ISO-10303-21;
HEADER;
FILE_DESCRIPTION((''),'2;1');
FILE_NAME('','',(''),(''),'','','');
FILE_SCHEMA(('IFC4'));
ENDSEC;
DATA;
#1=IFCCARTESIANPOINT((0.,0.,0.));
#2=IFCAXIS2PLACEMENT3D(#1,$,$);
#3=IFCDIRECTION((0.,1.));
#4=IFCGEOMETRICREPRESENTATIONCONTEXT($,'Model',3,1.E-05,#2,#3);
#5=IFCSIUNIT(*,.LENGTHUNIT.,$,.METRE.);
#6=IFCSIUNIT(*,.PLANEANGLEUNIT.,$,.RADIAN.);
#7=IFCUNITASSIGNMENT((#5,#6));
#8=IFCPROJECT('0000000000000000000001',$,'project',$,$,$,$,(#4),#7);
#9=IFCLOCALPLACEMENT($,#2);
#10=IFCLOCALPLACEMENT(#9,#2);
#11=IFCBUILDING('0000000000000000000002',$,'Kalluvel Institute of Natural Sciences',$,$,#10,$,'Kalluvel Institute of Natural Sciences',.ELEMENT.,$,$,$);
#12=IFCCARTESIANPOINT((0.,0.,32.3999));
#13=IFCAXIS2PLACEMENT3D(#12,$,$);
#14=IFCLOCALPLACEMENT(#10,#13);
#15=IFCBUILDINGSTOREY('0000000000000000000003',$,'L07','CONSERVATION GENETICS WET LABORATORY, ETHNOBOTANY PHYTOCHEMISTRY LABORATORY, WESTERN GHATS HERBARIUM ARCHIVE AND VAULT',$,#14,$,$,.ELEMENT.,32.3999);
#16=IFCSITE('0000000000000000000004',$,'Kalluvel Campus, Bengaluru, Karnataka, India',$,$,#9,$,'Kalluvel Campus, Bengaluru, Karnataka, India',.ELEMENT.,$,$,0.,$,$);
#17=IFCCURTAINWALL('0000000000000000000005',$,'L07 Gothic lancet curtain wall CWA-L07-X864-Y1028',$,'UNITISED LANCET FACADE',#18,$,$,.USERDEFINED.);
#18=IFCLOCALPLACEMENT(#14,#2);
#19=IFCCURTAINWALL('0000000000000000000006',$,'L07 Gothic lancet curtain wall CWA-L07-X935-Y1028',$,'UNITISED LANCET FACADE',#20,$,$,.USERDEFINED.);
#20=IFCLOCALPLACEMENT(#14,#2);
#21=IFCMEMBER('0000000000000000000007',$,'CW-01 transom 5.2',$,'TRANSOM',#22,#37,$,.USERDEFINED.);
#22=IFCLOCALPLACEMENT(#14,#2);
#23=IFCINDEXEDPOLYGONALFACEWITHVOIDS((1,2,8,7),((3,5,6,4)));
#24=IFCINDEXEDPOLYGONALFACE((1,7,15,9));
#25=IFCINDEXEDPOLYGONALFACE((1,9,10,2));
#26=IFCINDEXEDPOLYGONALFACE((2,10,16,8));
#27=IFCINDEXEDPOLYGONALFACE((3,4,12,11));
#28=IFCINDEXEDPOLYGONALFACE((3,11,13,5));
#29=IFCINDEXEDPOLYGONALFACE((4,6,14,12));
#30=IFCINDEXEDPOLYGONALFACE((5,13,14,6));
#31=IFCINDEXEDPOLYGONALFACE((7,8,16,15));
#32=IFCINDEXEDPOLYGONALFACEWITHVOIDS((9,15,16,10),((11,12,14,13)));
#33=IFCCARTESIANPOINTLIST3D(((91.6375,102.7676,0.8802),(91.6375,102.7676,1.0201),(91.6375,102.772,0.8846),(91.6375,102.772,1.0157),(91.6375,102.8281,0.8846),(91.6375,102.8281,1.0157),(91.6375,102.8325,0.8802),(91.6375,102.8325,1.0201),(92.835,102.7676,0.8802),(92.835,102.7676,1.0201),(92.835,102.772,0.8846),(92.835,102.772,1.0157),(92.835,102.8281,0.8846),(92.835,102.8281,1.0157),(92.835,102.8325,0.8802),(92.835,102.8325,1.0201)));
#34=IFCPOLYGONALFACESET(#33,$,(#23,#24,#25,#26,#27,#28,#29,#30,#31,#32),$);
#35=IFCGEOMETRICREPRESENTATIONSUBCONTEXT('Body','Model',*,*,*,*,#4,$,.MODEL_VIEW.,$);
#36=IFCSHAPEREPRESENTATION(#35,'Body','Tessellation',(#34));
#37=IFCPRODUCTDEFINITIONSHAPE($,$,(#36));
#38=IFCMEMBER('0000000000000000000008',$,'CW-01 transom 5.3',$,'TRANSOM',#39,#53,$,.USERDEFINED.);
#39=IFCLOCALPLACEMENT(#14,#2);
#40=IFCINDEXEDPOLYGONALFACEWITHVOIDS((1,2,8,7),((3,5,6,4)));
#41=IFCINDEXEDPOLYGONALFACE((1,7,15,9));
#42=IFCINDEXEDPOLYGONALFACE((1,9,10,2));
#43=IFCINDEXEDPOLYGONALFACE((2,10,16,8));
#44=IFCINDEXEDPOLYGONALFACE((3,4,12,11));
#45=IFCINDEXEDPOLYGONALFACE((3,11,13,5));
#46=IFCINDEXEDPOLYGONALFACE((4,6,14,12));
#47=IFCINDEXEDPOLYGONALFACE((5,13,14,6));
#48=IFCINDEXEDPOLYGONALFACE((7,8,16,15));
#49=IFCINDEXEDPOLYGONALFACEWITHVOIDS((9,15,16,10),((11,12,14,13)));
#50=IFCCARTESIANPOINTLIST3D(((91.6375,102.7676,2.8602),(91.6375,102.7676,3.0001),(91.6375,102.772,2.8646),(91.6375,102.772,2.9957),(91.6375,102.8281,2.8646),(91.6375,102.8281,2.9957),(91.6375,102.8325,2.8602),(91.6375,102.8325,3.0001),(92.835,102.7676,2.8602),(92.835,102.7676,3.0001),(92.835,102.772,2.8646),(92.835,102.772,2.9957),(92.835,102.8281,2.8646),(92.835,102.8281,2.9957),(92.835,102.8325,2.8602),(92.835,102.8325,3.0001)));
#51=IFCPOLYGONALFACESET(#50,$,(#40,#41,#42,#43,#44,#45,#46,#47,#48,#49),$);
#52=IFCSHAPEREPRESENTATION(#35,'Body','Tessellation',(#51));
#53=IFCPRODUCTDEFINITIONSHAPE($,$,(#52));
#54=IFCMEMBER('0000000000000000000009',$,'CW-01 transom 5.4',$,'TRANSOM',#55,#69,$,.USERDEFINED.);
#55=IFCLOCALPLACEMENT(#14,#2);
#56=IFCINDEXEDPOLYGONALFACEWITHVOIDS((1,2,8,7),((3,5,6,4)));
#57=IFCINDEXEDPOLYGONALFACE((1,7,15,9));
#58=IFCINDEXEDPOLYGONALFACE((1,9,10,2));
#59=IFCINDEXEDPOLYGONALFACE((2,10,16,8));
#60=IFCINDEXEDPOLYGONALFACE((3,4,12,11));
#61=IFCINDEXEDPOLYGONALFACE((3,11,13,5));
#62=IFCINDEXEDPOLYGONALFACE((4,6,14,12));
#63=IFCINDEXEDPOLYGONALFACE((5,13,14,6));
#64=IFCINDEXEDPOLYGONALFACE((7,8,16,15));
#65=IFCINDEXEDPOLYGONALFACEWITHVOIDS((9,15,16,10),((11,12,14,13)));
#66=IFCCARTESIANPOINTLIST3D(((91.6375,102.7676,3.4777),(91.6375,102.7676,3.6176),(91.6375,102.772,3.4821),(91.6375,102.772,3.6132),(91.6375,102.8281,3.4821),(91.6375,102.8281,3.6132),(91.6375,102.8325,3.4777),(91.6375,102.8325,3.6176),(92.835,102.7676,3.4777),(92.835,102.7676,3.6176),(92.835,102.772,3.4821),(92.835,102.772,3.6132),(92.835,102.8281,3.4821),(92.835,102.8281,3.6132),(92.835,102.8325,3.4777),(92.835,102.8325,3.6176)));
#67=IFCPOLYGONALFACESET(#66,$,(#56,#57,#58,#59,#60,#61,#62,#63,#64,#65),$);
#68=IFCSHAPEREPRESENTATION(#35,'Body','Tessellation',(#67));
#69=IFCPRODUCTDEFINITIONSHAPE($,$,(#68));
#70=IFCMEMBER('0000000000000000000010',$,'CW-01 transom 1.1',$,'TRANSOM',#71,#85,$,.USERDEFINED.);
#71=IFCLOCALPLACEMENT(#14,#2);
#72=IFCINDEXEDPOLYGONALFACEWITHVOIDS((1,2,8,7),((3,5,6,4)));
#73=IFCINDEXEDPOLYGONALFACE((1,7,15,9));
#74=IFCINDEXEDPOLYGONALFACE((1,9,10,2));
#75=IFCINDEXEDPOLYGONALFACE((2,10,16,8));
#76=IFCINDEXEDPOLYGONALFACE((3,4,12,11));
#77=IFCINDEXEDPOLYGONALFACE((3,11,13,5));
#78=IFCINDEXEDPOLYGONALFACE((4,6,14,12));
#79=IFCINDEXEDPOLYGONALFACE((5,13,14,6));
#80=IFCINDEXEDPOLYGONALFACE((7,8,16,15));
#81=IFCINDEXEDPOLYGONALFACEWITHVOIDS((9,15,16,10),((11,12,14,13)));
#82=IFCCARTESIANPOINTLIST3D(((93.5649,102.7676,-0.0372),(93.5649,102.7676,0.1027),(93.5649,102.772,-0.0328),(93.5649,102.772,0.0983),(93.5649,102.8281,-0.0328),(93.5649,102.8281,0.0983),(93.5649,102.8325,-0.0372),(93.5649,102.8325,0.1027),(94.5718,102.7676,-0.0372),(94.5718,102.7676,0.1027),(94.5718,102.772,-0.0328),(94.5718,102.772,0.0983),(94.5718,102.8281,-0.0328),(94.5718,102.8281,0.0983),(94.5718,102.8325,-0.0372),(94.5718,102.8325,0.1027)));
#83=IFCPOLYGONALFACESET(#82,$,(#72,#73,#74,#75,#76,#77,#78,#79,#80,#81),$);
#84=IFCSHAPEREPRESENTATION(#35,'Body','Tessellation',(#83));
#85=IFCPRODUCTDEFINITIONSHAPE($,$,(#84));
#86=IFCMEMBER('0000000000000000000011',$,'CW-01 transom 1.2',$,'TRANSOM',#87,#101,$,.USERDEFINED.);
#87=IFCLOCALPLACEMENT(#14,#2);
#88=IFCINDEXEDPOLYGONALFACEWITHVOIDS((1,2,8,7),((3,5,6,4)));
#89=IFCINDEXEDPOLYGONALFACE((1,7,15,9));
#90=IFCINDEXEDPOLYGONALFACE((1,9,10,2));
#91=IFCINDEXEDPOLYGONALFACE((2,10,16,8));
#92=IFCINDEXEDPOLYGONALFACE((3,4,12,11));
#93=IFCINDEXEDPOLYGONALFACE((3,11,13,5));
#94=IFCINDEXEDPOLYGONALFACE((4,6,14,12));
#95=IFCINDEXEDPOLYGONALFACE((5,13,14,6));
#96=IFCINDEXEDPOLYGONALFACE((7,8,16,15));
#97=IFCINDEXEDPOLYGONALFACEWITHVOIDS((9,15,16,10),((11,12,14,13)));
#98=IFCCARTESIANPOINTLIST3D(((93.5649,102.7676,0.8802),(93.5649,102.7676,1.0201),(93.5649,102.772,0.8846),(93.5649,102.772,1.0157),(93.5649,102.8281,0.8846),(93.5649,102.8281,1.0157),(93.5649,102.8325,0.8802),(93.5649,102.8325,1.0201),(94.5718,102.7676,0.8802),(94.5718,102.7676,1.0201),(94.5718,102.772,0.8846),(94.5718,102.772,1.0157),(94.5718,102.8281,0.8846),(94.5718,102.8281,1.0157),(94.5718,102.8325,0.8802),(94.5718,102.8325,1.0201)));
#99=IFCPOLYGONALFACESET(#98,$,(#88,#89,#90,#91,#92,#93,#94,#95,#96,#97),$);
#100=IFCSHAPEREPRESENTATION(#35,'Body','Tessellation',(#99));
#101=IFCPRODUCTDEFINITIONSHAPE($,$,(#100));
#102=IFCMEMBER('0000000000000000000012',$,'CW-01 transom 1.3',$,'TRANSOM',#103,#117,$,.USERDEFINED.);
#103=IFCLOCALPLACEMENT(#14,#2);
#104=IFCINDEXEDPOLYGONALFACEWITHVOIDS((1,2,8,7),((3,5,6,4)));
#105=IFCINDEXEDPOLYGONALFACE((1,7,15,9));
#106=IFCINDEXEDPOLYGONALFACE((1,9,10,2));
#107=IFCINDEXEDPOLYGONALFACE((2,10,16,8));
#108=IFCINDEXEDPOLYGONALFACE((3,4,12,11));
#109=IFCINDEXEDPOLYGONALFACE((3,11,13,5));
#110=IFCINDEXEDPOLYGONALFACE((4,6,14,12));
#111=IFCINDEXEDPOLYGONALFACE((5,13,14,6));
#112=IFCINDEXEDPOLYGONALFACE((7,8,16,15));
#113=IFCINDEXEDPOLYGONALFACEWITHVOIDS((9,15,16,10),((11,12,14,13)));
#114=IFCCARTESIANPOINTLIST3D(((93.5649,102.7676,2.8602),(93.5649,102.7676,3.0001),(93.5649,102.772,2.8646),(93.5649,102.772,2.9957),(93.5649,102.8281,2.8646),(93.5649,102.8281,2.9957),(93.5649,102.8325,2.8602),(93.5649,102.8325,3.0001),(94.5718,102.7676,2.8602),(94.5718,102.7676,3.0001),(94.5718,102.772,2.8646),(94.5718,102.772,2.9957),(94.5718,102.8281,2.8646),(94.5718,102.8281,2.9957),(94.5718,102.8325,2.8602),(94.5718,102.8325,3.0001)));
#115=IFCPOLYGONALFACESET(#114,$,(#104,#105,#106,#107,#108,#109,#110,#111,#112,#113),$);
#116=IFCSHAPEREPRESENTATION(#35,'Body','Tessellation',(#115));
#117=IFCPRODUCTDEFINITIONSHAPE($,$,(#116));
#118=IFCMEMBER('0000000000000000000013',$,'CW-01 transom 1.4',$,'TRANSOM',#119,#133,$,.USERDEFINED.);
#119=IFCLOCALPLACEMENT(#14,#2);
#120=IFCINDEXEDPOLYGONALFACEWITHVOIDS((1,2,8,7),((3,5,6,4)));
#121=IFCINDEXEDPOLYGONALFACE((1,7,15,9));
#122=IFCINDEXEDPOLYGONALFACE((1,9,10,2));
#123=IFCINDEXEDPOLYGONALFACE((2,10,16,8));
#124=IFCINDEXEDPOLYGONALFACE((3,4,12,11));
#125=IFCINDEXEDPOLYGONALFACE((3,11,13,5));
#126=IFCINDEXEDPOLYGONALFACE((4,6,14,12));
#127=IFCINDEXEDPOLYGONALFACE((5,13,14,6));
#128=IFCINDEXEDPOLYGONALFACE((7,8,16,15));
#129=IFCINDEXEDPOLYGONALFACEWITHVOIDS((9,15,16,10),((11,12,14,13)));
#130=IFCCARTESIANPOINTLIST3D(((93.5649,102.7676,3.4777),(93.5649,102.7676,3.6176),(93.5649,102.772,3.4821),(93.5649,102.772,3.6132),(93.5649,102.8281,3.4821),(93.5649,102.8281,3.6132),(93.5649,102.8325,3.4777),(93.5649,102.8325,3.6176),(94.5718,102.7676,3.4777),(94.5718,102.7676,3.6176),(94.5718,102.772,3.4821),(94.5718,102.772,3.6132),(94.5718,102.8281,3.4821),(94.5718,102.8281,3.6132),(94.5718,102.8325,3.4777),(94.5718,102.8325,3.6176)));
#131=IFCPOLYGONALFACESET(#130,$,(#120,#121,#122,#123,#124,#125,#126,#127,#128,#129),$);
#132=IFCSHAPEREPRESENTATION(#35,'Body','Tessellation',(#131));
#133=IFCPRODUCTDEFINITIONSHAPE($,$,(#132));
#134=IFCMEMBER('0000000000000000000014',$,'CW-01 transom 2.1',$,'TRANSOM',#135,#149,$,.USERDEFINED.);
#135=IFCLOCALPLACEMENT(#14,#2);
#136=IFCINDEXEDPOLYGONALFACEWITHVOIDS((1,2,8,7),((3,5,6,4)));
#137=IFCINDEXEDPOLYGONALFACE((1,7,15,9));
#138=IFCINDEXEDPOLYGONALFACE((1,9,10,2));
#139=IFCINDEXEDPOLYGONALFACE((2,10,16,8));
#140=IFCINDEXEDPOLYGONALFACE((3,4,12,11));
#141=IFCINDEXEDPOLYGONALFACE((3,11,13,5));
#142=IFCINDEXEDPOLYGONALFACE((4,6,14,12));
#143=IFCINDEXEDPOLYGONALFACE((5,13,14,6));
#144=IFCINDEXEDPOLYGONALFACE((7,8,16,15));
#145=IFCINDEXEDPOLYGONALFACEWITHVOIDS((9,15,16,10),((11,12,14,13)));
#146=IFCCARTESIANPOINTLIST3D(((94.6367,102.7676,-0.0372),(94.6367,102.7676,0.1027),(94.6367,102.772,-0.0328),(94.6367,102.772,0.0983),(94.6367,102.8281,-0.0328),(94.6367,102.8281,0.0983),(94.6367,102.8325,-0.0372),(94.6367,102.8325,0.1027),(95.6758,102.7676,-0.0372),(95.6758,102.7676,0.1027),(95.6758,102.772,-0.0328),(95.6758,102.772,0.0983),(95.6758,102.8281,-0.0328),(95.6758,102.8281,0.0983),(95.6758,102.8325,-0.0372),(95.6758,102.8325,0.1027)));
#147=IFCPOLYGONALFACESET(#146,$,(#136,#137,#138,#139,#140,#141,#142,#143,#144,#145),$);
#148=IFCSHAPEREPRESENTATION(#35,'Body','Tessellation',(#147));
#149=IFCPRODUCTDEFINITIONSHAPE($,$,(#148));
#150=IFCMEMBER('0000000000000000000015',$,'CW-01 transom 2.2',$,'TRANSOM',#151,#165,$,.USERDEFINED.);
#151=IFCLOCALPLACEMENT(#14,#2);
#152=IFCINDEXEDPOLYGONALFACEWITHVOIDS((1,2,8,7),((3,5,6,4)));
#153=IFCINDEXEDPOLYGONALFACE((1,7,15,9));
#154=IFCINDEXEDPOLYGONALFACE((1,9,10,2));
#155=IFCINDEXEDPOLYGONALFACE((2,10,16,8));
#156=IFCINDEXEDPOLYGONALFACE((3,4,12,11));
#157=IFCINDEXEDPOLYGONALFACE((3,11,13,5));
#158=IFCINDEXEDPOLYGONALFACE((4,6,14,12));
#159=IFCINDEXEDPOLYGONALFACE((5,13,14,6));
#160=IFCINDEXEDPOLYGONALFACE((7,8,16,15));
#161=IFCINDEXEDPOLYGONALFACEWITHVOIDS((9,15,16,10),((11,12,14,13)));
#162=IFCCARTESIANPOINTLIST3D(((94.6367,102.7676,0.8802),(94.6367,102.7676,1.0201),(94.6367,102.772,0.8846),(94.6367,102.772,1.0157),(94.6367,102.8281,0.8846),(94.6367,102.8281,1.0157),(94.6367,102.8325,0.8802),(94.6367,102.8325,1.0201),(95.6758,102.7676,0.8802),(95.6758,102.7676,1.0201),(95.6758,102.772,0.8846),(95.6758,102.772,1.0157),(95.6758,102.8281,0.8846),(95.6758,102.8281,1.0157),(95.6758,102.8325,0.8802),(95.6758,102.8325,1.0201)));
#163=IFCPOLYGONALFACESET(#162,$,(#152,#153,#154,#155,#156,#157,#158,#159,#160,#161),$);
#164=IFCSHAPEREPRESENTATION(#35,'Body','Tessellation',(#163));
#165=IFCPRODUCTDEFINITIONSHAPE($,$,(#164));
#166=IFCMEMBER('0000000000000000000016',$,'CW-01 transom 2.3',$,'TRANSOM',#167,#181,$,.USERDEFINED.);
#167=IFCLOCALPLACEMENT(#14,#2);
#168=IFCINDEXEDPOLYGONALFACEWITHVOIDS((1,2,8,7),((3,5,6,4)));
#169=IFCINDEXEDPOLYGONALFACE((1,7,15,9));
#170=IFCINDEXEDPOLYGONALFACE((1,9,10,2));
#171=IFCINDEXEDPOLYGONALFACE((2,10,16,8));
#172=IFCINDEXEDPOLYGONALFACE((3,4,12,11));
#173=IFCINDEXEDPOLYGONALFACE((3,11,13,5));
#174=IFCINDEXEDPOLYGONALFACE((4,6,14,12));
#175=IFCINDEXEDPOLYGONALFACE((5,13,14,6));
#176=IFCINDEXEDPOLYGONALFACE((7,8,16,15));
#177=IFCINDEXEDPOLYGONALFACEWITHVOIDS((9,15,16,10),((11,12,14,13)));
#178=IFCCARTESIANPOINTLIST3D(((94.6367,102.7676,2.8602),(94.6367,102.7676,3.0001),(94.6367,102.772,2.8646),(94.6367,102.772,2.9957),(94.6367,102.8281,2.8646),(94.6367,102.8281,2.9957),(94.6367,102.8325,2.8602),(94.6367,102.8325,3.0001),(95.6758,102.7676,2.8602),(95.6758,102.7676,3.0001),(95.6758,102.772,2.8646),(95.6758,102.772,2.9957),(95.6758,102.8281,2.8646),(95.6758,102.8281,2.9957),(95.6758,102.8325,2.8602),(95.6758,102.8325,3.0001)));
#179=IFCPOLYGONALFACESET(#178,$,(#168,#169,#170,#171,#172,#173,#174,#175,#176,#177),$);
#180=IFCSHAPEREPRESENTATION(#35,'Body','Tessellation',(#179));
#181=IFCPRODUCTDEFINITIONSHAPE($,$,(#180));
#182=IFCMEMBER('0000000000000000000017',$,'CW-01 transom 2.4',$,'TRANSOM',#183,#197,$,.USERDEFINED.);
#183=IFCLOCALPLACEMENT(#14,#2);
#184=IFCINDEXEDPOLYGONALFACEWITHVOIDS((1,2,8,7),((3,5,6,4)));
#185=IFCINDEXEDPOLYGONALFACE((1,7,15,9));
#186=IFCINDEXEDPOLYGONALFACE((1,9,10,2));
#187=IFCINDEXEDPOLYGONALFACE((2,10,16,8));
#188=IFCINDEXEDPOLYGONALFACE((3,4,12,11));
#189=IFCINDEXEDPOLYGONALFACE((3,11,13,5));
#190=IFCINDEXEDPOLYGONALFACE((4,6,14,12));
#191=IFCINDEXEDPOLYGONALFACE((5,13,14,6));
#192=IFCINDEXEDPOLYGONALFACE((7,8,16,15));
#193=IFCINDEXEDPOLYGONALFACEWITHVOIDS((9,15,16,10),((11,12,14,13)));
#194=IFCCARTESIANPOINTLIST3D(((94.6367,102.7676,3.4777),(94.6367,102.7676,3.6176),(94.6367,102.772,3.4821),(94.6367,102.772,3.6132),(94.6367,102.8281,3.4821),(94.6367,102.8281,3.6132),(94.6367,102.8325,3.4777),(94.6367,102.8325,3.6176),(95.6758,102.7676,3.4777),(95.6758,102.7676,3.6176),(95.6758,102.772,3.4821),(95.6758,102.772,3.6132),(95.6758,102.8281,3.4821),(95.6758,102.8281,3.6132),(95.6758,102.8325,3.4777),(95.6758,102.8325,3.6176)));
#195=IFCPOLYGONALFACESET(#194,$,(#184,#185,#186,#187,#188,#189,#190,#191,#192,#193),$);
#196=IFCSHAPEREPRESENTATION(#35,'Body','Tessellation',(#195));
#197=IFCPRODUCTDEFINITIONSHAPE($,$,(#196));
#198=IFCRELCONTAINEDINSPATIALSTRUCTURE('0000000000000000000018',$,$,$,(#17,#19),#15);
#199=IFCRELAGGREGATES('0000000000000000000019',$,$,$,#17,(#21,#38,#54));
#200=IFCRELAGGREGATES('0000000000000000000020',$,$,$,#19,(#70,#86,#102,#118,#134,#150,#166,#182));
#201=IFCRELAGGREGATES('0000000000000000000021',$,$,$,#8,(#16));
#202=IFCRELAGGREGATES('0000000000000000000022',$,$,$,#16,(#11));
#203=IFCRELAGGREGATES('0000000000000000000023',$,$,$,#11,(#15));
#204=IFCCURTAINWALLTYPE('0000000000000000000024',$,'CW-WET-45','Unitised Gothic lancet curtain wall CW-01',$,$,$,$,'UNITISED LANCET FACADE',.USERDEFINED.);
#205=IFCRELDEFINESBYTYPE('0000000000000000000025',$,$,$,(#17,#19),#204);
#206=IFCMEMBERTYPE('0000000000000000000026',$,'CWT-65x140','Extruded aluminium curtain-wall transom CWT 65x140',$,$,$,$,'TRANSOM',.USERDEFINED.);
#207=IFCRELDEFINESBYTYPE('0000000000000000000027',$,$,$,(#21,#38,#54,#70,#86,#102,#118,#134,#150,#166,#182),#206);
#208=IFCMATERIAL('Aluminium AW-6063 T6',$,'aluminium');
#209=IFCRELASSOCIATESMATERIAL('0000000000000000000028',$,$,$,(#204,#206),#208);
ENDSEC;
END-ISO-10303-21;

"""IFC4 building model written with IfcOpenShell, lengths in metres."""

from ifc_helpers import new_model, si_unit, direction, frame, origin, origin_2d, place, context, subcontext, project, spatial, hollow_rectangle, extrude, material, material_profile, profile_set, type_object, element, aggregate, save


model = new_model("IFC4")

# Units and contexts
model_context = context("Model", 3, precision=1e-05, world=origin(), true_north=direction((0.0, 1.0)))
body_context = subcontext(model_context, "Body", "Model", "MODEL_VIEW")
ifc_project = project(units=[si_unit("LENGTHUNIT", "METRE"), si_unit("PLANEANGLEUNIT", "RADIAN")], contexts=[model_context])

# Site, building, storey
site_placement = place(None, origin())
site = spatial("IfcSite", under=ifc_project, at=site_placement, Name="Kalluvel Campus, Bengaluru, Karnataka, India", LongName="Kalluvel Campus, Bengaluru, Karnataka, India", CompositionType="ELEMENT", RefElevation=0.0)
building_placement = place(site_placement, origin())
building = spatial("IfcBuilding", under=site, at=building_placement, Name="Kalluvel Institute of Natural Sciences", LongName="Kalluvel Institute of Natural Sciences", CompositionType="ELEMENT")
storey_placement = place(building_placement, frame((0.0, 0.0, 32.3999)))
storey = spatial("IfcBuildingStorey", under=building, at=storey_placement, Name="L07", Description="CONSERVATION GENETICS WET LABORATORY, ETHNOBOTANY PHYTOCHEMISTRY LABORATORY, WESTERN GHATS HERBARIUM ARCHIVE AND VAULT", CompositionType="ELEMENT", Elevation=32.3999)

# Curtain walls
ifc_material_1 = material(Name="Aluminium AW-6063 T6", Category="aluminium")
curtain_wall_type = type_object("IfcCurtainWallType", Name="CW-WET-45", Description="Unitised Gothic lancet curtain wall CW-01", ElementType="UNITISED LANCET FACADE", PredefinedType="USERDEFINED", material=ifc_material_1)
curtain_wall_1_placement = place(storey_placement, origin())
curtain_wall_1 = element("IfcCurtainWall", 1, at=curtain_wall_1_placement, inside=storey, type_object=curtain_wall_type, Name="L07 Gothic lancet curtain wall CWA-L07-X864-Y1028", ObjectType="UNITISED LANCET FACADE", PredefinedType="USERDEFINED")
curtain_wall_2_placement = place(storey_placement, origin())
curtain_wall_2 = element("IfcCurtainWall", 2, at=curtain_wall_2_placement, inside=storey, type_object=curtain_wall_type, Name="L07 Gothic lancet curtain wall CWA-L07-X935-Y1028", ObjectType="UNITISED LANCET FACADE", PredefinedType="USERDEFINED")

# Members
ifc_material_profile_1 = material_profile(ifc_material_1, hollow_rectangle(XDim=0.0649, YDim=0.1399, WallThickness=0.0044, at=origin_2d()), Name="CWT 65x140")
ifc_profile_set_1 = profile_set([ifc_material_profile_1], Name="Aluminium AW-6063 T6")
member_type_1 = type_object("IfcMemberType", Name="CWT-65x140", Description="Extruded aluminium curtain-wall transom CWT 65x140", ElementType="TRANSOM", PredefinedType="USERDEFINED", material=ifc_profile_set_1)
member_1_placement = place(storey_placement, frame((91.6375, 102.8, 0.9502), z_axis=(1.0, 0.0, 0.0), x_axis=(0.0, 1.0, 0.0)))
member_1 = element("IfcMember", 3, at=member_1_placement, type_object=member_type_1, Name="CW-01 transom 5.2", ObjectType="TRANSOM", PredefinedType="USERDEFINED", context=body_context, shape_type="SweptSolid", body=[
    extrude(hollow_rectangle(XDim=0.0649, YDim=0.1399, WallThickness=0.0044, at=origin_2d()), origin(), (0.0, 0.0, 1.0), 1.1975),
])
member_2_placement = place(storey_placement, frame((91.6375, 102.8, 2.9302), z_axis=(1.0, 0.0, 0.0), x_axis=(0.0, 1.0, 0.0)))
member_2 = element("IfcMember", 4, at=member_2_placement, type_object=member_type_1, Name="CW-01 transom 5.3", ObjectType="TRANSOM", PredefinedType="USERDEFINED", context=body_context, shape_type="SweptSolid", body=[
    extrude(hollow_rectangle(XDim=0.0649, YDim=0.1399, WallThickness=0.0044, at=origin_2d()), origin(), (0.0, 0.0, 1.0), 1.1975),
])
member_3_placement = place(storey_placement, frame((91.6375, 102.8, 3.5476), z_axis=(1.0, 0.0, 0.0), x_axis=(0.0, 1.0, 0.0)))
member_3 = element("IfcMember", 5, at=member_3_placement, type_object=member_type_1, Name="CW-01 transom 5.4", ObjectType="TRANSOM", PredefinedType="USERDEFINED", context=body_context, shape_type="SweptSolid", body=[
    extrude(hollow_rectangle(XDim=0.0649, YDim=0.1399, WallThickness=0.0044, at=origin_2d()), origin(), (0.0, 0.0, 1.0), 1.1975),
])
member_4_placement = place(storey_placement, frame((93.5649, 102.8, 0.0327), z_axis=(1.0, 0.0, 0.0), x_axis=(0.0, 1.0, 0.0)))
member_4 = element("IfcMember", 6, at=member_4_placement, type_object=member_type_1, Name="CW-01 transom 1.1", ObjectType="TRANSOM", PredefinedType="USERDEFINED", context=body_context, shape_type="SweptSolid", body=[
    extrude(hollow_rectangle(XDim=0.0649, YDim=0.1399, WallThickness=0.0044, at=origin_2d()), origin(), (0.0, 0.0, 1.0), 1.0068),
])
member_5_placement = place(storey_placement, frame((93.5649, 102.8, 0.9502), z_axis=(1.0, 0.0, 0.0), x_axis=(0.0, 1.0, 0.0)))
member_5 = element("IfcMember", 7, at=member_5_placement, type_object=member_type_1, Name="CW-01 transom 1.2", ObjectType="TRANSOM", PredefinedType="USERDEFINED", context=body_context, shape_type="SweptSolid", body=[
    extrude(hollow_rectangle(XDim=0.0649, YDim=0.1399, WallThickness=0.0044, at=origin_2d()), origin(), (0.0, 0.0, 1.0), 1.0068),
])
member_6_placement = place(storey_placement, frame((93.5649, 102.8, 2.9302), z_axis=(1.0, 0.0, 0.0), x_axis=(0.0, 1.0, 0.0)))
member_6 = element("IfcMember", 8, at=member_6_placement, type_object=member_type_1, Name="CW-01 transom 1.3", ObjectType="TRANSOM", PredefinedType="USERDEFINED", context=body_context, shape_type="SweptSolid", body=[
    extrude(hollow_rectangle(XDim=0.0649, YDim=0.1399, WallThickness=0.0044, at=origin_2d()), origin(), (0.0, 0.0, 1.0), 1.0068),
])
member_7_placement = place(storey_placement, frame((93.5649, 102.8, 3.5476), z_axis=(1.0, 0.0, 0.0), x_axis=(0.0, 1.0, 0.0)))
member_7 = element("IfcMember", 9, at=member_7_placement, type_object=member_type_1, Name="CW-01 transom 1.4", ObjectType="TRANSOM", PredefinedType="USERDEFINED", context=body_context, shape_type="SweptSolid", body=[
    extrude(hollow_rectangle(XDim=0.0649, YDim=0.1399, WallThickness=0.0044, at=origin_2d()), origin(), (0.0, 0.0, 1.0), 1.0068),
])
member_8_placement = place(storey_placement, frame((94.6367, 102.8, 0.0327), z_axis=(1.0, 0.0, 0.0), x_axis=(0.0, 1.0, 0.0)))
member_8 = element("IfcMember", 10, at=member_8_placement, type_object=member_type_1, Name="CW-01 transom 2.1", ObjectType="TRANSOM", PredefinedType="USERDEFINED", context=body_context, shape_type="SweptSolid", body=[
    extrude(hollow_rectangle(XDim=0.0649, YDim=0.1399, WallThickness=0.0044, at=origin_2d()), origin(), (0.0, 0.0, 1.0), 1.0391),
])
member_9_placement = place(storey_placement, frame((94.6367, 102.8, 0.9502), z_axis=(1.0, 0.0, 0.0), x_axis=(0.0, 1.0, 0.0)))
member_9 = element("IfcMember", 11, at=member_9_placement, type_object=member_type_1, Name="CW-01 transom 2.2", ObjectType="TRANSOM", PredefinedType="USERDEFINED", context=body_context, shape_type="SweptSolid", body=[
    extrude(hollow_rectangle(XDim=0.0649, YDim=0.1399, WallThickness=0.0044, at=origin_2d()), origin(), (0.0, 0.0, 1.0), 1.0391),
])
member_10_placement = place(storey_placement, frame((94.6367, 102.8, 2.9302), z_axis=(1.0, 0.0, 0.0), x_axis=(0.0, 1.0, 0.0)))
member_10 = element("IfcMember", 12, at=member_10_placement, type_object=member_type_1, Name="CW-01 transom 2.3", ObjectType="TRANSOM", PredefinedType="USERDEFINED", context=body_context, shape_type="SweptSolid", body=[
    extrude(hollow_rectangle(XDim=0.0649, YDim=0.1399, WallThickness=0.0044, at=origin_2d()), origin(), (0.0, 0.0, 1.0), 1.0391),
])
member_11_placement = place(storey_placement, frame((94.6367, 102.8, 3.5476), z_axis=(1.0, 0.0, 0.0), x_axis=(0.0, 1.0, 0.0)))
member_11 = element("IfcMember", 13, at=member_11_placement, type_object=member_type_1, Name="CW-01 transom 2.4", ObjectType="TRANSOM", PredefinedType="USERDEFINED", context=body_context, shape_type="SweptSolid", body=[
    extrude(hollow_rectangle(XDim=0.0649, YDim=0.1399, WallThickness=0.0044, at=origin_2d()), origin(), (0.0, 0.0, 1.0), 1.0391),
])

aggregate(curtain_wall_1, [member_1, member_2, member_3])
aggregate(curtain_wall_2, [member_4, member_5, member_6, member_7, member_8, member_9, member_10, member_11])

save(model, "model.ifc")
